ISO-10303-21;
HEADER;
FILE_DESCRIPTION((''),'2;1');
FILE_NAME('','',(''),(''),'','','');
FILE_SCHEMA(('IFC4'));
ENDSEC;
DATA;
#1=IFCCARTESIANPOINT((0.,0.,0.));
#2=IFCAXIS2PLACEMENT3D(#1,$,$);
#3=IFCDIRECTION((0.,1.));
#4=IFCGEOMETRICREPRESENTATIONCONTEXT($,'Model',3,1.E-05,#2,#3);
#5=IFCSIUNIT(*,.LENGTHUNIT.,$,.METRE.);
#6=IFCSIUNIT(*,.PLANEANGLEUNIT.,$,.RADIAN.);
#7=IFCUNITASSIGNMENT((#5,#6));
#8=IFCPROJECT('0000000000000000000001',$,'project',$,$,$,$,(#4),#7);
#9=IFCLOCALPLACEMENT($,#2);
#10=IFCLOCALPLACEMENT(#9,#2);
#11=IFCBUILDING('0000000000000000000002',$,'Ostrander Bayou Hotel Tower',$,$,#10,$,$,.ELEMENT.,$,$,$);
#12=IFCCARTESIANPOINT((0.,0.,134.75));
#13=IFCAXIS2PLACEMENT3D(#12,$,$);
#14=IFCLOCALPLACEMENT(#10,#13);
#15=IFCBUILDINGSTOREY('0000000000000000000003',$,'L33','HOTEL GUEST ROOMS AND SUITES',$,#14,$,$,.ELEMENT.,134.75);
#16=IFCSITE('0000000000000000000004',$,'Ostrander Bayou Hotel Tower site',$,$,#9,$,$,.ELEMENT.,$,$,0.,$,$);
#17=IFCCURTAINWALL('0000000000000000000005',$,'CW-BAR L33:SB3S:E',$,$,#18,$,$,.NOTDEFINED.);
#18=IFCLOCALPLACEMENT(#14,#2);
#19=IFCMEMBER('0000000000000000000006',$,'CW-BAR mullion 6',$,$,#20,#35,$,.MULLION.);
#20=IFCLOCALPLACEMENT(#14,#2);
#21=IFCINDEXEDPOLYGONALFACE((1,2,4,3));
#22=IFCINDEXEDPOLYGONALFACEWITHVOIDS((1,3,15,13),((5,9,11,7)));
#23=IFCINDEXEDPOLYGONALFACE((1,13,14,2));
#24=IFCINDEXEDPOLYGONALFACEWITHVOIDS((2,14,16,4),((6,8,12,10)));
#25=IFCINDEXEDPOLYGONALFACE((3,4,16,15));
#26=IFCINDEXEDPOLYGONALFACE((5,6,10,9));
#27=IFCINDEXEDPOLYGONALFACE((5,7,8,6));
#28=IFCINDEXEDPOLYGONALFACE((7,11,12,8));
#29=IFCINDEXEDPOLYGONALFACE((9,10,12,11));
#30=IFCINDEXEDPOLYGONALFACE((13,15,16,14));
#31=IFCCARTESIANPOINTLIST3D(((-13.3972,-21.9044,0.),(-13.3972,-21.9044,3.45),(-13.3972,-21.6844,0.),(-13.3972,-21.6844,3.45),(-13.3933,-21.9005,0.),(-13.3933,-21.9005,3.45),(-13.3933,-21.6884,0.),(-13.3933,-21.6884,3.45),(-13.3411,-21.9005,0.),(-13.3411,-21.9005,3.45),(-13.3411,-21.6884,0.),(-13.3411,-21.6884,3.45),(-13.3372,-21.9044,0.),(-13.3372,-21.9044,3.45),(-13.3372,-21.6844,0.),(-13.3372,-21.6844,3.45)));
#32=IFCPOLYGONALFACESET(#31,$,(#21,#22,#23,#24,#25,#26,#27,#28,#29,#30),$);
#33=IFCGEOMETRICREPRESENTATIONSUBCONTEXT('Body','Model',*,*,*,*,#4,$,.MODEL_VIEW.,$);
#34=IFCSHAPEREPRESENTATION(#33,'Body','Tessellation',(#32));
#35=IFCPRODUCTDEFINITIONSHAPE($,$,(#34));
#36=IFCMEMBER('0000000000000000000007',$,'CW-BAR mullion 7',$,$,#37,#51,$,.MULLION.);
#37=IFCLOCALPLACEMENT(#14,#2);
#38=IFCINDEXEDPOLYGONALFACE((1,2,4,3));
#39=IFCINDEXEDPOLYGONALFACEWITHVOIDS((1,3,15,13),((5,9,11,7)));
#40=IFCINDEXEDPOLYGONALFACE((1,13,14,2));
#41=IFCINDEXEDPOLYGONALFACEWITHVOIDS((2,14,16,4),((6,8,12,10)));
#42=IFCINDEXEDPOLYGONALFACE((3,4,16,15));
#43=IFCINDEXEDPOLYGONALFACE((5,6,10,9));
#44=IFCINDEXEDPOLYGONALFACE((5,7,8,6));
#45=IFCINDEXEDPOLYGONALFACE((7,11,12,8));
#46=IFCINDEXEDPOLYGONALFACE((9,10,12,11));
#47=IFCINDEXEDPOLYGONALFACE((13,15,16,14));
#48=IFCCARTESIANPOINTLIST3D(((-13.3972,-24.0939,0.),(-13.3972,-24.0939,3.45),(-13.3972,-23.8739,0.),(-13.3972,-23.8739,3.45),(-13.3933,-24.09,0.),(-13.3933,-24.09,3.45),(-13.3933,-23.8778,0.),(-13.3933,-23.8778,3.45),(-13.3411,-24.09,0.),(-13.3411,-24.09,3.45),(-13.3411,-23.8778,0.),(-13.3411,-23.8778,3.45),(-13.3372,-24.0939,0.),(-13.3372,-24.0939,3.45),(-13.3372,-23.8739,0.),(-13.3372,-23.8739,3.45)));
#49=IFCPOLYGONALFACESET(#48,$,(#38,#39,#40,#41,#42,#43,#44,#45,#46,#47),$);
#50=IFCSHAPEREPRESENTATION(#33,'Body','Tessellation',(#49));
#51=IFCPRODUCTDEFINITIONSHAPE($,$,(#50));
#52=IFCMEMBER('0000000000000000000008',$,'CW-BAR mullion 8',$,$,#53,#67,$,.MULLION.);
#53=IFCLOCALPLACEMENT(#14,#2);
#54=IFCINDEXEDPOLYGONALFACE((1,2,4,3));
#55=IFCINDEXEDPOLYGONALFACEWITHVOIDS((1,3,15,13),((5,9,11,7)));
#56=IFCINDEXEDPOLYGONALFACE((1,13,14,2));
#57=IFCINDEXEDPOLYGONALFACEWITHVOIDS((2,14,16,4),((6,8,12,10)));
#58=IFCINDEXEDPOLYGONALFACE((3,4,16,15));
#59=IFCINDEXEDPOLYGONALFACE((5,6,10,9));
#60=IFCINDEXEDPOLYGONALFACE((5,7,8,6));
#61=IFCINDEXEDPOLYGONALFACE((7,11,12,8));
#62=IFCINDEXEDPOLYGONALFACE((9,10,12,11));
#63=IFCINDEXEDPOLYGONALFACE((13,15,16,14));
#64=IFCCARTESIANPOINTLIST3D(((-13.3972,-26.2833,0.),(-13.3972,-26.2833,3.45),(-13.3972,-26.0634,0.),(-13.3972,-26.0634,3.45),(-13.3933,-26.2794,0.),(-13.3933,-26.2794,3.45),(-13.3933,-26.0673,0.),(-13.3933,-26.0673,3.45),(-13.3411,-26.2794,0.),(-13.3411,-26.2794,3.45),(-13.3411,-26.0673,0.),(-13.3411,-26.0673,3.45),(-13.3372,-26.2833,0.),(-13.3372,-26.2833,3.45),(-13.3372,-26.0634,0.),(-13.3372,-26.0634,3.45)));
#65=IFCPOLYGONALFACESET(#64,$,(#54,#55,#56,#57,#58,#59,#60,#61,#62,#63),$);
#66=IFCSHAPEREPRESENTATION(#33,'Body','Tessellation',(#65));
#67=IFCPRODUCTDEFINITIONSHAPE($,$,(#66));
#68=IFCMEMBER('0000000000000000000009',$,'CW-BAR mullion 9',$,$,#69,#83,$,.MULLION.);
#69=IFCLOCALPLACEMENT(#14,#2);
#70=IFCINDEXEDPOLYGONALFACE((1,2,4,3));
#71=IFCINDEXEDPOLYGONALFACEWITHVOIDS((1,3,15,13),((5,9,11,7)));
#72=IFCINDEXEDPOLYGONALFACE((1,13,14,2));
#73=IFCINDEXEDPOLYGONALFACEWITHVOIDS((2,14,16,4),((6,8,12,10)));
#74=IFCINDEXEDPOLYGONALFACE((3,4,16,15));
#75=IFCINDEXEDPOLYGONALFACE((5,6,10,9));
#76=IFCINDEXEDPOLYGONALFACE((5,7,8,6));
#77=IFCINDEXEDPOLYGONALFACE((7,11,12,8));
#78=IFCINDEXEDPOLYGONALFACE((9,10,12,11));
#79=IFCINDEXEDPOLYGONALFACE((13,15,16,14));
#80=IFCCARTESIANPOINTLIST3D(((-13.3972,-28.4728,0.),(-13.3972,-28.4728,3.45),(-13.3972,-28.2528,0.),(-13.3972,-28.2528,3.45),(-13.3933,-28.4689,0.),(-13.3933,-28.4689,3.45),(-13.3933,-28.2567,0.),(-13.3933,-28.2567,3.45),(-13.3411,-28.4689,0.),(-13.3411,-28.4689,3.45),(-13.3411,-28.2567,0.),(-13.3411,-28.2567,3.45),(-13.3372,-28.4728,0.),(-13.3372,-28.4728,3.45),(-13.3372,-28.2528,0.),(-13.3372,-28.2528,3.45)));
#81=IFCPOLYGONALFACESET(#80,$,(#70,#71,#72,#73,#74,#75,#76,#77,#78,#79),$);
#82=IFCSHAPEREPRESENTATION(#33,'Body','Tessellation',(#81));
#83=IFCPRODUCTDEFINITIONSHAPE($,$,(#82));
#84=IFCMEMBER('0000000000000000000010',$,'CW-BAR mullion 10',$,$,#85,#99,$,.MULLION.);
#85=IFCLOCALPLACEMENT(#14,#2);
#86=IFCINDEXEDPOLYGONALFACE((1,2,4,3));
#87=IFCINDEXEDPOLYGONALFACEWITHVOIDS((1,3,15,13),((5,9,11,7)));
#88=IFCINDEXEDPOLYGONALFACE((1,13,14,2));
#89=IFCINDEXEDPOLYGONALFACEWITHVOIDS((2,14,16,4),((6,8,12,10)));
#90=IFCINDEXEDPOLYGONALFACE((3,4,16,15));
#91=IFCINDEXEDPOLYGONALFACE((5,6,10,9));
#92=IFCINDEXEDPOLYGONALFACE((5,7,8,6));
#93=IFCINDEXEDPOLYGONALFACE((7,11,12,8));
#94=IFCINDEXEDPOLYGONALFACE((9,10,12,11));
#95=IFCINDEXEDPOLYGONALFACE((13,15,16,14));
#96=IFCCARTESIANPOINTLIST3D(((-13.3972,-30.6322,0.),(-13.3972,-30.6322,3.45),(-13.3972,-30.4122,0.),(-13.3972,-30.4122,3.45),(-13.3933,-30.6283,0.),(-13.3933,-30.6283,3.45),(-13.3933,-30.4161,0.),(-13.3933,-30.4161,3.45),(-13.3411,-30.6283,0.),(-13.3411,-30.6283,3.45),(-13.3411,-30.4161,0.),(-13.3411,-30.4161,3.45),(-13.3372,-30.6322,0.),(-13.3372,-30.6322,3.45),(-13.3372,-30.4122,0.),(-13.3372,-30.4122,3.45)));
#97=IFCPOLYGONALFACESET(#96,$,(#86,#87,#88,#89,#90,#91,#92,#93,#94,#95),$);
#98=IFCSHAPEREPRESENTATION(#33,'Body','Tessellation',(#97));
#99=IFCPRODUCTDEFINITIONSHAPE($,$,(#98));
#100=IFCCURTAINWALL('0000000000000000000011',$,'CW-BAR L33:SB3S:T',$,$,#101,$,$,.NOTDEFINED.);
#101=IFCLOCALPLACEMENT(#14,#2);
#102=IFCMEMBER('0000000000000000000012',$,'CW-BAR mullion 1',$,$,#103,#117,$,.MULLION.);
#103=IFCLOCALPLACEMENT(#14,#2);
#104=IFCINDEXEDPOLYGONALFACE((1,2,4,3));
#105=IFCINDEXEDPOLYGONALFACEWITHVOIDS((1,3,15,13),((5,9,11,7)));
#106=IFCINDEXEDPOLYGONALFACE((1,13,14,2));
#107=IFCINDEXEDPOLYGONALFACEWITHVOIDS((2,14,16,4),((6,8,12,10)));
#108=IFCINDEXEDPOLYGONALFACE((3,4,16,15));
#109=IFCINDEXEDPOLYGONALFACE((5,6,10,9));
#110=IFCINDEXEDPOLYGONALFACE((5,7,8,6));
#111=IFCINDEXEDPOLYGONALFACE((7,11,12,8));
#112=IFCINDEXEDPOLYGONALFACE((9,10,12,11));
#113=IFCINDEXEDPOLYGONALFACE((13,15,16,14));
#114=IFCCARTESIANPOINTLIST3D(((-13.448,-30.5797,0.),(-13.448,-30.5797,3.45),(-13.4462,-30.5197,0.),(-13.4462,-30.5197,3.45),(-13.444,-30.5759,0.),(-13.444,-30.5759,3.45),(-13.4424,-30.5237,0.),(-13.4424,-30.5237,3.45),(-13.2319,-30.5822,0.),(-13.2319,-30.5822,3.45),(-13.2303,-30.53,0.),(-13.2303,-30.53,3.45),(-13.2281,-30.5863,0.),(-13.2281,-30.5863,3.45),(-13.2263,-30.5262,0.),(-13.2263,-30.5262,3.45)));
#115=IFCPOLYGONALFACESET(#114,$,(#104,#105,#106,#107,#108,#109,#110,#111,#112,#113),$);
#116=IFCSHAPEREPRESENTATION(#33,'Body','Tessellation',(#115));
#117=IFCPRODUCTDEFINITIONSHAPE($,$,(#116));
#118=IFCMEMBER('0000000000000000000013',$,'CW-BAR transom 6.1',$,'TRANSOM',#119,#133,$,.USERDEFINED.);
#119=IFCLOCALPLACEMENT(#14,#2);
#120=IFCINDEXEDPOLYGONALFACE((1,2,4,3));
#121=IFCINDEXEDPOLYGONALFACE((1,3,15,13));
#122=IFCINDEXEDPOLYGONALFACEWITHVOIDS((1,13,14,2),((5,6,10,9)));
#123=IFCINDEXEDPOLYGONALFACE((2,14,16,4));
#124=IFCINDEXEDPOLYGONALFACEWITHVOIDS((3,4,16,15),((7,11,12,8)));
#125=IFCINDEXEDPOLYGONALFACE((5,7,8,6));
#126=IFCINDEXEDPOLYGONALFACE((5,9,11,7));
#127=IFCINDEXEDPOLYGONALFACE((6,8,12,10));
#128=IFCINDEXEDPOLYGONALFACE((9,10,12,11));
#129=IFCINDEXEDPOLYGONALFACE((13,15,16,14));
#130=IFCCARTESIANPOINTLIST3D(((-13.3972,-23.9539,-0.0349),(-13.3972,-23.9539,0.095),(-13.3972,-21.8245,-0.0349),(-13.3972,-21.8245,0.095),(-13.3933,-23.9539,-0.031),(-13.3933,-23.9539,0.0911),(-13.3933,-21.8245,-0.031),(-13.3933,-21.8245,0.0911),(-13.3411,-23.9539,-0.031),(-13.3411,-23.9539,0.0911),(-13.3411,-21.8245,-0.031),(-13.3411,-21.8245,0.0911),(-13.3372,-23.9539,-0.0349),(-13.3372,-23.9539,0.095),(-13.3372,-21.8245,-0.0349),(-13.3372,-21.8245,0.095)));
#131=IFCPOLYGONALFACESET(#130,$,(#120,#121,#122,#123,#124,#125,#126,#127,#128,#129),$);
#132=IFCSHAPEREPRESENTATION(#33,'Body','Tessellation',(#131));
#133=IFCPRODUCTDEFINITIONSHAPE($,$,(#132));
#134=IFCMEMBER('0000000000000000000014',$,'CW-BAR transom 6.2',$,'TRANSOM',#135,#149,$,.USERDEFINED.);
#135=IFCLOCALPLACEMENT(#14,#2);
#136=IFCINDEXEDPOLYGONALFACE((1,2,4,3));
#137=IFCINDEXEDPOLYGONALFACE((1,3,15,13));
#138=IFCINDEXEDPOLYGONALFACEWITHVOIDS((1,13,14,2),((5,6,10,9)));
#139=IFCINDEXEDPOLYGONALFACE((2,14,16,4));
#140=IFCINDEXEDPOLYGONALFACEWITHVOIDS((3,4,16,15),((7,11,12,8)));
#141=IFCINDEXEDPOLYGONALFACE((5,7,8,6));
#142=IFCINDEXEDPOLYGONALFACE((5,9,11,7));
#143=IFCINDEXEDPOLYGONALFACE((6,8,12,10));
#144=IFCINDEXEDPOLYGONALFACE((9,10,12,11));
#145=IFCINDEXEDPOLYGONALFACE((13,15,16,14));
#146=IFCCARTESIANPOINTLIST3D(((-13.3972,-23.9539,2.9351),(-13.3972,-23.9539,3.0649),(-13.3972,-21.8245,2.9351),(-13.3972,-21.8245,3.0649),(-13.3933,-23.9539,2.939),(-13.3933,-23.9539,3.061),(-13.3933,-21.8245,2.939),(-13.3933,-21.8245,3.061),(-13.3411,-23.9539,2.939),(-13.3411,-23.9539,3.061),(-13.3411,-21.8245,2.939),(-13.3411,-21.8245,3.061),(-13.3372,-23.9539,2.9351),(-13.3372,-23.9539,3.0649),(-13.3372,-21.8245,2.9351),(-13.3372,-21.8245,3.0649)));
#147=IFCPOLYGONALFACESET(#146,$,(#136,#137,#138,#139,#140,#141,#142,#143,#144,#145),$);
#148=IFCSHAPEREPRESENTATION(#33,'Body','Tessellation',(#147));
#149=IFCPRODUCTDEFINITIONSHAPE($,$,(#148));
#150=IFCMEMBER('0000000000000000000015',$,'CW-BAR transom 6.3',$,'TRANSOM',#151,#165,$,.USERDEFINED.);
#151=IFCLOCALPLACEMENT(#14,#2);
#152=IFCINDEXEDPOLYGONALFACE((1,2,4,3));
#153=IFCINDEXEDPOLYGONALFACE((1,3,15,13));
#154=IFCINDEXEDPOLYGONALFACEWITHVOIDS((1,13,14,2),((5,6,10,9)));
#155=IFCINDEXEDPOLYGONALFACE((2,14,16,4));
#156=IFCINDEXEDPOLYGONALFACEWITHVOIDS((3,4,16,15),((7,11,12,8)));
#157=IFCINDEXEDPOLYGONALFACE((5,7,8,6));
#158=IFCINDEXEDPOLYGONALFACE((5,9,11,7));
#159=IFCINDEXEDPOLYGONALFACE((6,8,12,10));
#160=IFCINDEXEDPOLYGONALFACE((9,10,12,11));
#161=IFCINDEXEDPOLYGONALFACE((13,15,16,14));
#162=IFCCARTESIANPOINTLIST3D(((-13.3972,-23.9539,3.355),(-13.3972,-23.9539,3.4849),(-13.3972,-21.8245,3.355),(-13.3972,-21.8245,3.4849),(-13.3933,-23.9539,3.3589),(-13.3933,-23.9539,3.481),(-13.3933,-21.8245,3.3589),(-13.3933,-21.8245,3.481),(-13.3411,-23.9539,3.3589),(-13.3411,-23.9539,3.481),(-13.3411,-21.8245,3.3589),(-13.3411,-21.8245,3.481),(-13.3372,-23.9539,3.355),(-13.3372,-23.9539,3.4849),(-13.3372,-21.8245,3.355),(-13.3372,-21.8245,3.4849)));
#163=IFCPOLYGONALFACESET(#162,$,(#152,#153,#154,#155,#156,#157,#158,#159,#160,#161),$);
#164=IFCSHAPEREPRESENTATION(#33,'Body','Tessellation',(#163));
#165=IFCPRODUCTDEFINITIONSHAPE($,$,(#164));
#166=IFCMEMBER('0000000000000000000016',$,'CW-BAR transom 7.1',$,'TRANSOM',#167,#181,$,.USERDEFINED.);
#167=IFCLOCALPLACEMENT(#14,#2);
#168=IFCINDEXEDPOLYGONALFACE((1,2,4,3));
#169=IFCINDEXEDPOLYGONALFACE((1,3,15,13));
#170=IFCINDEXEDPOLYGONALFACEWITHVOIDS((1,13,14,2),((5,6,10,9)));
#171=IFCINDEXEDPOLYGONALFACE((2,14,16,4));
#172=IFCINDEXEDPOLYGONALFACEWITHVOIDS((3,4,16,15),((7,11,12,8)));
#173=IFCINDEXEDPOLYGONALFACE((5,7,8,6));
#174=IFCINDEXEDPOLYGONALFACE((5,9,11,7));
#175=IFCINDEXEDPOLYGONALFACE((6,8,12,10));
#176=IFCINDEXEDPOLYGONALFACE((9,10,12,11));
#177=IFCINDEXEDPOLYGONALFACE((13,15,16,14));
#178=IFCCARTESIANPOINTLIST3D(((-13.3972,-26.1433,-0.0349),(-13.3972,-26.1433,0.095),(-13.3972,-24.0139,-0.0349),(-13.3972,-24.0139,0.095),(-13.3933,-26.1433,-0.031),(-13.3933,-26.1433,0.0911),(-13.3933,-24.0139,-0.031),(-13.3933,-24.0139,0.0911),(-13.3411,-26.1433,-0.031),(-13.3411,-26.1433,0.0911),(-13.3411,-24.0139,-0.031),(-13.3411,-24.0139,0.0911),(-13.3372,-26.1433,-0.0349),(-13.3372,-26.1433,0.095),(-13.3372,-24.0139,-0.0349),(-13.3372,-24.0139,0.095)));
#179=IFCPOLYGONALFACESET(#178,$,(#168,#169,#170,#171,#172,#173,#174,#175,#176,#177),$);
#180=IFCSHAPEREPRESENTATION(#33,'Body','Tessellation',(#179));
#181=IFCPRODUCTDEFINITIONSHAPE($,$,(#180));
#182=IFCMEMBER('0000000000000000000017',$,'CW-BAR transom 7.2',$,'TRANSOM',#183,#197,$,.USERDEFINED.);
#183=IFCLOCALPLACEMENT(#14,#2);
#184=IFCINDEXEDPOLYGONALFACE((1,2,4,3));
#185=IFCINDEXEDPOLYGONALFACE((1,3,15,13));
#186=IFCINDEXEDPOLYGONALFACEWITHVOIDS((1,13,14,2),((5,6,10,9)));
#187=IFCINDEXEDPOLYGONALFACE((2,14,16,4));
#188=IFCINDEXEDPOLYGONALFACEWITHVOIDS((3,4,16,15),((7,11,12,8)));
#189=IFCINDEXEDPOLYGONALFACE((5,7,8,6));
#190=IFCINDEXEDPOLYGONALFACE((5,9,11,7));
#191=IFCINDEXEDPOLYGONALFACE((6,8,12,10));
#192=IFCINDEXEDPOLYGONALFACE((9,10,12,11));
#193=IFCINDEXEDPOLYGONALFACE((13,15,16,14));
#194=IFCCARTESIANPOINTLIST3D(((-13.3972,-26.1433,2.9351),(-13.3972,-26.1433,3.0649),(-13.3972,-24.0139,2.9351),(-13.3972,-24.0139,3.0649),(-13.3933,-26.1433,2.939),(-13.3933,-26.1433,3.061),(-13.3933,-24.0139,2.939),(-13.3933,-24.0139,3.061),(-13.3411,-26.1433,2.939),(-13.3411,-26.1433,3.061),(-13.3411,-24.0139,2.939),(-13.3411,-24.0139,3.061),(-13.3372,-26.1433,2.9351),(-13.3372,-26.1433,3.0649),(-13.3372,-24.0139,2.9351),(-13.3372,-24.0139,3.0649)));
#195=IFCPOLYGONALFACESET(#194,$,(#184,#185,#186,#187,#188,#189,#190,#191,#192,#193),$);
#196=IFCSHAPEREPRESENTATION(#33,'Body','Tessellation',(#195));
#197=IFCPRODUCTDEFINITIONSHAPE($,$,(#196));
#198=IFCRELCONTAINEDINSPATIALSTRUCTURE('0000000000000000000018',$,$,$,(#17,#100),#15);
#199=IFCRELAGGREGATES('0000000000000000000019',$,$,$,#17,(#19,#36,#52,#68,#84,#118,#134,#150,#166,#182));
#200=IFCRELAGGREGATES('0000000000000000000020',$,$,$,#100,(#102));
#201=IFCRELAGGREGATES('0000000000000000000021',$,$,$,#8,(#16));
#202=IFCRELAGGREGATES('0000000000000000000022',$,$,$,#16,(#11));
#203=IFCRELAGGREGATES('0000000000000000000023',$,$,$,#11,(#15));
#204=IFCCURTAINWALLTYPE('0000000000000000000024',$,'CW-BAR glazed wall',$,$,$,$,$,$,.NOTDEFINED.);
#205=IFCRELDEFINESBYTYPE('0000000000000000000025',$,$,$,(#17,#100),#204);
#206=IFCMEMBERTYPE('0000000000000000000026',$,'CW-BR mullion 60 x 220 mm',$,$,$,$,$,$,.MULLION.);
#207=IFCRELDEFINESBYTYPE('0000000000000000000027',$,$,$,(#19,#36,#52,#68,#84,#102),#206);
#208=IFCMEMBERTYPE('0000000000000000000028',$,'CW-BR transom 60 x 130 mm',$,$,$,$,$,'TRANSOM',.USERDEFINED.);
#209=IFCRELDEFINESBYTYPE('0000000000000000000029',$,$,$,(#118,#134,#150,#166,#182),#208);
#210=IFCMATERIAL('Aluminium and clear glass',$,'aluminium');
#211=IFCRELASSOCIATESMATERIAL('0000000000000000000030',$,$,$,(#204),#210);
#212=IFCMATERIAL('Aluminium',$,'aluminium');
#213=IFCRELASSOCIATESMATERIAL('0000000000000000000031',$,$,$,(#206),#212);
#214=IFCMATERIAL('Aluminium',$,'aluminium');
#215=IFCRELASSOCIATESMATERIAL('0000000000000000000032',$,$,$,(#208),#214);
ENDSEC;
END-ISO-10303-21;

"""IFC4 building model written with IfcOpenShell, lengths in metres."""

from ifc_helpers import new_model, si_unit, direction, frame, origin, origin_2d, place, context, subcontext, project, spatial, hollow_rectangle, extrude, material, material_profile, profile_set, type_object, element, aggregate, save


model = new_model("IFC4")

# Units and contexts
model_context = context("Model", 3, precision=1e-05, world=origin(), true_north=direction((0.0, 1.0)))
body_context = subcontext(model_context, "Body", "Model", "MODEL_VIEW")
ifc_project = project(units=[si_unit("LENGTHUNIT", "METRE"), si_unit("PLANEANGLEUNIT", "RADIAN")], contexts=[model_context])

# Site, building, storey
site_placement = place(None, origin())
site = spatial("IfcSite", under=ifc_project, at=site_placement, Name="Ostrander Bayou Hotel Tower site", CompositionType="ELEMENT", RefElevation=0.0)
building_placement = place(site_placement, origin())
building = spatial("IfcBuilding", under=site, at=building_placement, Name="Ostrander Bayou Hotel Tower", CompositionType="ELEMENT")
storey_placement = place(building_placement, frame((0.0, 0.0, 134.75)))
storey = spatial("IfcBuildingStorey", under=building, at=storey_placement, Name="L33", Description="HOTEL GUEST ROOMS AND SUITES", CompositionType="ELEMENT", Elevation=134.75)

# Curtain wall, members
ifc_material_1 = material(Name="Aluminium and clear glass", Category="aluminium")
curtain_wall_type = type_object("IfcCurtainWallType", Name="CW-BAR glazed wall", PredefinedType="NOTDEFINED", material=ifc_material_1)
curtain_wall_1_placement = place(storey_placement, origin())
curtain_wall_1 = element("IfcCurtainWall", 1, at=curtain_wall_1_placement, inside=storey, type_object=curtain_wall_type, Name="CW-BAR L33:SB3S:E", PredefinedType="NOTDEFINED")
ifc_material_2 = material(Name="Aluminium", Category="aluminium")
ifc_material_profile_1 = material_profile(ifc_material_2, hollow_rectangle(XDim=0.0601, YDim=0.22, WallThickness=0.0039, at=origin_2d()))
ifc_profile_set_1 = profile_set([ifc_material_profile_1], Name="Aluminium")
member_type_1 = type_object("IfcMemberType", Name="CW-BR mullion 60 x 220 mm", PredefinedType="MULLION", material=ifc_profile_set_1)
member_1_placement = place(storey_placement, frame((-13.3672, -21.7944, 0.0), z_axis=(0.0, 0.0, 1.0), x_axis=(1.0, 0.0, 0.0)))
member_1 = element("IfcMember", 2, at=member_1_placement, type_object=member_type_1, Name="CW-BAR mullion 6", PredefinedType="MULLION", context=body_context, shape_type="SweptSolid", body=[
    extrude(hollow_rectangle(XDim=0.0601, YDim=0.22, WallThickness=0.0039, at=origin_2d()), origin(), (0.0, 0.0, 1.0), 3.45),
])
member_2_placement = place(storey_placement, frame((-13.3672, -23.9839, 0.0), z_axis=(0.0, 0.0, 1.0), x_axis=(1.0, 0.0, 0.0)))
member_2 = element("IfcMember", 3, at=member_2_placement, type_object=member_type_1, Name="CW-BAR mullion 7", PredefinedType="MULLION", context=body_context, shape_type="SweptSolid", body=[
    extrude(hollow_rectangle(XDim=0.0601, YDim=0.22, WallThickness=0.0039, at=origin_2d()), origin(), (0.0, 0.0, 1.0), 3.45),
])
member_3_placement = place(storey_placement, frame((-13.3672, -26.1733, 0.0), z_axis=(0.0, 0.0, 1.0), x_axis=(1.0, 0.0, 0.0)))
member_3 = element("IfcMember", 4, at=member_3_placement, type_object=member_type_1, Name="CW-BAR mullion 8", PredefinedType="MULLION", context=body_context, shape_type="SweptSolid", body=[
    extrude(hollow_rectangle(XDim=0.0601, YDim=0.22, WallThickness=0.0039, at=origin_2d()), origin(), (0.0, 0.0, 1.0), 3.45),
])
member_4_placement = place(storey_placement, frame((-13.3672, -28.3628, 0.0), z_axis=(0.0, 0.0, 1.0), x_axis=(1.0, 0.0, 0.0)))
member_4 = element("IfcMember", 5, at=member_4_placement, type_object=member_type_1, Name="CW-BAR mullion 9", PredefinedType="MULLION", context=body_context, shape_type="SweptSolid", body=[
    extrude(hollow_rectangle(XDim=0.0601, YDim=0.22, WallThickness=0.0039, at=origin_2d()), origin(), (0.0, 0.0, 1.0), 3.45),
])
member_5_placement = place(storey_placement, frame((-13.3672, -30.5222, 0.0), z_axis=(0.0, 0.0, 1.0), x_axis=(1.0, 0.0, 0.0)))
member_5 = element("IfcMember", 6, at=member_5_placement, type_object=member_type_1, Name="CW-BAR mullion 10", PredefinedType="MULLION", context=body_context, shape_type="SweptSolid", body=[
    extrude(hollow_rectangle(XDim=0.0601, YDim=0.22, WallThickness=0.0039, at=origin_2d()), origin(), (0.0, 0.0, 1.0), 3.45),
])

# Curtain wall, member
curtain_wall_2_placement = place(storey_placement, origin())
curtain_wall_2 = element("IfcCurtainWall", 7, at=curtain_wall_2_placement, inside=storey, type_object=curtain_wall_type, Name="CW-BAR L33:SB3S:T", PredefinedType="NOTDEFINED")
member_6_placement = place(storey_placement, frame((-13.3372, -30.553, 0.0), z_axis=(0.0, 0.0, 1.0), x_axis=(0.029746, 0.999557, 0.0)))
member_6 = element("IfcMember", 8, at=member_6_placement, type_object=member_type_1, Name="CW-BAR mullion 1", PredefinedType="MULLION", context=body_context, shape_type="SweptSolid", body=[
    extrude(hollow_rectangle(XDim=0.0601, YDim=0.22, WallThickness=0.0039, at=origin_2d()), origin(), (0.0, 0.0, 1.0), 3.45),
])

# Members
ifc_material_3 = material(Name="Aluminium", Category="aluminium")
ifc_material_profile_2 = material_profile(ifc_material_3, hollow_rectangle(XDim=0.0601, YDim=0.1299, WallThickness=0.0039, at=origin_2d()))
ifc_profile_set_2 = profile_set([ifc_material_profile_2], Name="Aluminium")
member_type_2 = type_object("IfcMemberType", Name="CW-BR transom 60 x 130 mm", ElementType="TRANSOM", PredefinedType="USERDEFINED", material=ifc_profile_set_2)
member_7_placement = place(storey_placement, frame((-13.3672, -21.8245, 0.03), z_axis=(0.0, -1.0, 0.0), x_axis=(1.0, 0.0, 0.0)))
member_7 = element("IfcMember", 9, at=member_7_placement, type_object=member_type_2, Name="CW-BAR transom 6.1", ObjectType="TRANSOM", PredefinedType="USERDEFINED", context=body_context, shape_type="SweptSolid", body=[
    extrude(hollow_rectangle(XDim=0.0601, YDim=0.1299, WallThickness=0.0039, at=origin_2d()), origin(), (0.0, 0.0, 1.0), 2.1294),
])
member_8_placement = place(storey_placement, frame((-13.3672, -21.8245, 3.0), z_axis=(0.0, -1.0, 0.0), x_axis=(1.0, 0.0, 0.0)))
member_8 = element("IfcMember", 10, at=member_8_placement, type_object=member_type_2, Name="CW-BAR transom 6.2", ObjectType="TRANSOM", PredefinedType="USERDEFINED", context=body_context, shape_type="SweptSolid", body=[
    extrude(hollow_rectangle(XDim=0.0601, YDim=0.1299, WallThickness=0.0039, at=origin_2d()), origin(), (0.0, 0.0, 1.0), 2.1294),
])
member_9_placement = place(storey_placement, frame((-13.3672, -21.8245, 3.4199), z_axis=(0.0, -1.0, 0.0), x_axis=(1.0, 0.0, 0.0)))
member_9 = element("IfcMember", 11, at=member_9_placement, type_object=member_type_2, Name="CW-BAR transom 6.3", ObjectType="TRANSOM", PredefinedType="USERDEFINED", context=body_context, shape_type="SweptSolid", body=[
    extrude(hollow_rectangle(XDim=0.0601, YDim=0.1299, WallThickness=0.0039, at=origin_2d()), origin(), (0.0, 0.0, 1.0), 2.1294),
])
member_10_placement = place(storey_placement, frame((-13.3672, -24.0139, 0.03), z_axis=(0.0, -1.0, 0.0), x_axis=(1.0, 0.0, 0.0)))
member_10 = element("IfcMember", 12, at=member_10_placement, type_object=member_type_2, Name="CW-BAR transom 7.1", ObjectType="TRANSOM", PredefinedType="USERDEFINED", context=body_context, shape_type="SweptSolid", body=[
    extrude(hollow_rectangle(XDim=0.0601, YDim=0.1299, WallThickness=0.0039, at=origin_2d()), origin(), (0.0, 0.0, 1.0), 2.1294),
])
member_11_placement = place(storey_placement, frame((-13.3672, -24.0139, 3.0), z_axis=(0.0, -1.0, 0.0), x_axis=(1.0, 0.0, 0.0)))
member_11 = element("IfcMember", 13, at=member_11_placement, type_object=member_type_2, Name="CW-BAR transom 7.2", ObjectType="TRANSOM", PredefinedType="USERDEFINED", context=body_context, shape_type="SweptSolid", body=[
    extrude(hollow_rectangle(XDim=0.0601, YDim=0.1299, WallThickness=0.0039, at=origin_2d()), origin(), (0.0, 0.0, 1.0), 2.1294),
])

aggregate(curtain_wall_1, [member_1, member_2, member_3, member_4, member_5, member_7, member_8, member_9, member_10, member_11])
aggregate(curtain_wall_2, [member_6])

save(model, "model.ifc")
